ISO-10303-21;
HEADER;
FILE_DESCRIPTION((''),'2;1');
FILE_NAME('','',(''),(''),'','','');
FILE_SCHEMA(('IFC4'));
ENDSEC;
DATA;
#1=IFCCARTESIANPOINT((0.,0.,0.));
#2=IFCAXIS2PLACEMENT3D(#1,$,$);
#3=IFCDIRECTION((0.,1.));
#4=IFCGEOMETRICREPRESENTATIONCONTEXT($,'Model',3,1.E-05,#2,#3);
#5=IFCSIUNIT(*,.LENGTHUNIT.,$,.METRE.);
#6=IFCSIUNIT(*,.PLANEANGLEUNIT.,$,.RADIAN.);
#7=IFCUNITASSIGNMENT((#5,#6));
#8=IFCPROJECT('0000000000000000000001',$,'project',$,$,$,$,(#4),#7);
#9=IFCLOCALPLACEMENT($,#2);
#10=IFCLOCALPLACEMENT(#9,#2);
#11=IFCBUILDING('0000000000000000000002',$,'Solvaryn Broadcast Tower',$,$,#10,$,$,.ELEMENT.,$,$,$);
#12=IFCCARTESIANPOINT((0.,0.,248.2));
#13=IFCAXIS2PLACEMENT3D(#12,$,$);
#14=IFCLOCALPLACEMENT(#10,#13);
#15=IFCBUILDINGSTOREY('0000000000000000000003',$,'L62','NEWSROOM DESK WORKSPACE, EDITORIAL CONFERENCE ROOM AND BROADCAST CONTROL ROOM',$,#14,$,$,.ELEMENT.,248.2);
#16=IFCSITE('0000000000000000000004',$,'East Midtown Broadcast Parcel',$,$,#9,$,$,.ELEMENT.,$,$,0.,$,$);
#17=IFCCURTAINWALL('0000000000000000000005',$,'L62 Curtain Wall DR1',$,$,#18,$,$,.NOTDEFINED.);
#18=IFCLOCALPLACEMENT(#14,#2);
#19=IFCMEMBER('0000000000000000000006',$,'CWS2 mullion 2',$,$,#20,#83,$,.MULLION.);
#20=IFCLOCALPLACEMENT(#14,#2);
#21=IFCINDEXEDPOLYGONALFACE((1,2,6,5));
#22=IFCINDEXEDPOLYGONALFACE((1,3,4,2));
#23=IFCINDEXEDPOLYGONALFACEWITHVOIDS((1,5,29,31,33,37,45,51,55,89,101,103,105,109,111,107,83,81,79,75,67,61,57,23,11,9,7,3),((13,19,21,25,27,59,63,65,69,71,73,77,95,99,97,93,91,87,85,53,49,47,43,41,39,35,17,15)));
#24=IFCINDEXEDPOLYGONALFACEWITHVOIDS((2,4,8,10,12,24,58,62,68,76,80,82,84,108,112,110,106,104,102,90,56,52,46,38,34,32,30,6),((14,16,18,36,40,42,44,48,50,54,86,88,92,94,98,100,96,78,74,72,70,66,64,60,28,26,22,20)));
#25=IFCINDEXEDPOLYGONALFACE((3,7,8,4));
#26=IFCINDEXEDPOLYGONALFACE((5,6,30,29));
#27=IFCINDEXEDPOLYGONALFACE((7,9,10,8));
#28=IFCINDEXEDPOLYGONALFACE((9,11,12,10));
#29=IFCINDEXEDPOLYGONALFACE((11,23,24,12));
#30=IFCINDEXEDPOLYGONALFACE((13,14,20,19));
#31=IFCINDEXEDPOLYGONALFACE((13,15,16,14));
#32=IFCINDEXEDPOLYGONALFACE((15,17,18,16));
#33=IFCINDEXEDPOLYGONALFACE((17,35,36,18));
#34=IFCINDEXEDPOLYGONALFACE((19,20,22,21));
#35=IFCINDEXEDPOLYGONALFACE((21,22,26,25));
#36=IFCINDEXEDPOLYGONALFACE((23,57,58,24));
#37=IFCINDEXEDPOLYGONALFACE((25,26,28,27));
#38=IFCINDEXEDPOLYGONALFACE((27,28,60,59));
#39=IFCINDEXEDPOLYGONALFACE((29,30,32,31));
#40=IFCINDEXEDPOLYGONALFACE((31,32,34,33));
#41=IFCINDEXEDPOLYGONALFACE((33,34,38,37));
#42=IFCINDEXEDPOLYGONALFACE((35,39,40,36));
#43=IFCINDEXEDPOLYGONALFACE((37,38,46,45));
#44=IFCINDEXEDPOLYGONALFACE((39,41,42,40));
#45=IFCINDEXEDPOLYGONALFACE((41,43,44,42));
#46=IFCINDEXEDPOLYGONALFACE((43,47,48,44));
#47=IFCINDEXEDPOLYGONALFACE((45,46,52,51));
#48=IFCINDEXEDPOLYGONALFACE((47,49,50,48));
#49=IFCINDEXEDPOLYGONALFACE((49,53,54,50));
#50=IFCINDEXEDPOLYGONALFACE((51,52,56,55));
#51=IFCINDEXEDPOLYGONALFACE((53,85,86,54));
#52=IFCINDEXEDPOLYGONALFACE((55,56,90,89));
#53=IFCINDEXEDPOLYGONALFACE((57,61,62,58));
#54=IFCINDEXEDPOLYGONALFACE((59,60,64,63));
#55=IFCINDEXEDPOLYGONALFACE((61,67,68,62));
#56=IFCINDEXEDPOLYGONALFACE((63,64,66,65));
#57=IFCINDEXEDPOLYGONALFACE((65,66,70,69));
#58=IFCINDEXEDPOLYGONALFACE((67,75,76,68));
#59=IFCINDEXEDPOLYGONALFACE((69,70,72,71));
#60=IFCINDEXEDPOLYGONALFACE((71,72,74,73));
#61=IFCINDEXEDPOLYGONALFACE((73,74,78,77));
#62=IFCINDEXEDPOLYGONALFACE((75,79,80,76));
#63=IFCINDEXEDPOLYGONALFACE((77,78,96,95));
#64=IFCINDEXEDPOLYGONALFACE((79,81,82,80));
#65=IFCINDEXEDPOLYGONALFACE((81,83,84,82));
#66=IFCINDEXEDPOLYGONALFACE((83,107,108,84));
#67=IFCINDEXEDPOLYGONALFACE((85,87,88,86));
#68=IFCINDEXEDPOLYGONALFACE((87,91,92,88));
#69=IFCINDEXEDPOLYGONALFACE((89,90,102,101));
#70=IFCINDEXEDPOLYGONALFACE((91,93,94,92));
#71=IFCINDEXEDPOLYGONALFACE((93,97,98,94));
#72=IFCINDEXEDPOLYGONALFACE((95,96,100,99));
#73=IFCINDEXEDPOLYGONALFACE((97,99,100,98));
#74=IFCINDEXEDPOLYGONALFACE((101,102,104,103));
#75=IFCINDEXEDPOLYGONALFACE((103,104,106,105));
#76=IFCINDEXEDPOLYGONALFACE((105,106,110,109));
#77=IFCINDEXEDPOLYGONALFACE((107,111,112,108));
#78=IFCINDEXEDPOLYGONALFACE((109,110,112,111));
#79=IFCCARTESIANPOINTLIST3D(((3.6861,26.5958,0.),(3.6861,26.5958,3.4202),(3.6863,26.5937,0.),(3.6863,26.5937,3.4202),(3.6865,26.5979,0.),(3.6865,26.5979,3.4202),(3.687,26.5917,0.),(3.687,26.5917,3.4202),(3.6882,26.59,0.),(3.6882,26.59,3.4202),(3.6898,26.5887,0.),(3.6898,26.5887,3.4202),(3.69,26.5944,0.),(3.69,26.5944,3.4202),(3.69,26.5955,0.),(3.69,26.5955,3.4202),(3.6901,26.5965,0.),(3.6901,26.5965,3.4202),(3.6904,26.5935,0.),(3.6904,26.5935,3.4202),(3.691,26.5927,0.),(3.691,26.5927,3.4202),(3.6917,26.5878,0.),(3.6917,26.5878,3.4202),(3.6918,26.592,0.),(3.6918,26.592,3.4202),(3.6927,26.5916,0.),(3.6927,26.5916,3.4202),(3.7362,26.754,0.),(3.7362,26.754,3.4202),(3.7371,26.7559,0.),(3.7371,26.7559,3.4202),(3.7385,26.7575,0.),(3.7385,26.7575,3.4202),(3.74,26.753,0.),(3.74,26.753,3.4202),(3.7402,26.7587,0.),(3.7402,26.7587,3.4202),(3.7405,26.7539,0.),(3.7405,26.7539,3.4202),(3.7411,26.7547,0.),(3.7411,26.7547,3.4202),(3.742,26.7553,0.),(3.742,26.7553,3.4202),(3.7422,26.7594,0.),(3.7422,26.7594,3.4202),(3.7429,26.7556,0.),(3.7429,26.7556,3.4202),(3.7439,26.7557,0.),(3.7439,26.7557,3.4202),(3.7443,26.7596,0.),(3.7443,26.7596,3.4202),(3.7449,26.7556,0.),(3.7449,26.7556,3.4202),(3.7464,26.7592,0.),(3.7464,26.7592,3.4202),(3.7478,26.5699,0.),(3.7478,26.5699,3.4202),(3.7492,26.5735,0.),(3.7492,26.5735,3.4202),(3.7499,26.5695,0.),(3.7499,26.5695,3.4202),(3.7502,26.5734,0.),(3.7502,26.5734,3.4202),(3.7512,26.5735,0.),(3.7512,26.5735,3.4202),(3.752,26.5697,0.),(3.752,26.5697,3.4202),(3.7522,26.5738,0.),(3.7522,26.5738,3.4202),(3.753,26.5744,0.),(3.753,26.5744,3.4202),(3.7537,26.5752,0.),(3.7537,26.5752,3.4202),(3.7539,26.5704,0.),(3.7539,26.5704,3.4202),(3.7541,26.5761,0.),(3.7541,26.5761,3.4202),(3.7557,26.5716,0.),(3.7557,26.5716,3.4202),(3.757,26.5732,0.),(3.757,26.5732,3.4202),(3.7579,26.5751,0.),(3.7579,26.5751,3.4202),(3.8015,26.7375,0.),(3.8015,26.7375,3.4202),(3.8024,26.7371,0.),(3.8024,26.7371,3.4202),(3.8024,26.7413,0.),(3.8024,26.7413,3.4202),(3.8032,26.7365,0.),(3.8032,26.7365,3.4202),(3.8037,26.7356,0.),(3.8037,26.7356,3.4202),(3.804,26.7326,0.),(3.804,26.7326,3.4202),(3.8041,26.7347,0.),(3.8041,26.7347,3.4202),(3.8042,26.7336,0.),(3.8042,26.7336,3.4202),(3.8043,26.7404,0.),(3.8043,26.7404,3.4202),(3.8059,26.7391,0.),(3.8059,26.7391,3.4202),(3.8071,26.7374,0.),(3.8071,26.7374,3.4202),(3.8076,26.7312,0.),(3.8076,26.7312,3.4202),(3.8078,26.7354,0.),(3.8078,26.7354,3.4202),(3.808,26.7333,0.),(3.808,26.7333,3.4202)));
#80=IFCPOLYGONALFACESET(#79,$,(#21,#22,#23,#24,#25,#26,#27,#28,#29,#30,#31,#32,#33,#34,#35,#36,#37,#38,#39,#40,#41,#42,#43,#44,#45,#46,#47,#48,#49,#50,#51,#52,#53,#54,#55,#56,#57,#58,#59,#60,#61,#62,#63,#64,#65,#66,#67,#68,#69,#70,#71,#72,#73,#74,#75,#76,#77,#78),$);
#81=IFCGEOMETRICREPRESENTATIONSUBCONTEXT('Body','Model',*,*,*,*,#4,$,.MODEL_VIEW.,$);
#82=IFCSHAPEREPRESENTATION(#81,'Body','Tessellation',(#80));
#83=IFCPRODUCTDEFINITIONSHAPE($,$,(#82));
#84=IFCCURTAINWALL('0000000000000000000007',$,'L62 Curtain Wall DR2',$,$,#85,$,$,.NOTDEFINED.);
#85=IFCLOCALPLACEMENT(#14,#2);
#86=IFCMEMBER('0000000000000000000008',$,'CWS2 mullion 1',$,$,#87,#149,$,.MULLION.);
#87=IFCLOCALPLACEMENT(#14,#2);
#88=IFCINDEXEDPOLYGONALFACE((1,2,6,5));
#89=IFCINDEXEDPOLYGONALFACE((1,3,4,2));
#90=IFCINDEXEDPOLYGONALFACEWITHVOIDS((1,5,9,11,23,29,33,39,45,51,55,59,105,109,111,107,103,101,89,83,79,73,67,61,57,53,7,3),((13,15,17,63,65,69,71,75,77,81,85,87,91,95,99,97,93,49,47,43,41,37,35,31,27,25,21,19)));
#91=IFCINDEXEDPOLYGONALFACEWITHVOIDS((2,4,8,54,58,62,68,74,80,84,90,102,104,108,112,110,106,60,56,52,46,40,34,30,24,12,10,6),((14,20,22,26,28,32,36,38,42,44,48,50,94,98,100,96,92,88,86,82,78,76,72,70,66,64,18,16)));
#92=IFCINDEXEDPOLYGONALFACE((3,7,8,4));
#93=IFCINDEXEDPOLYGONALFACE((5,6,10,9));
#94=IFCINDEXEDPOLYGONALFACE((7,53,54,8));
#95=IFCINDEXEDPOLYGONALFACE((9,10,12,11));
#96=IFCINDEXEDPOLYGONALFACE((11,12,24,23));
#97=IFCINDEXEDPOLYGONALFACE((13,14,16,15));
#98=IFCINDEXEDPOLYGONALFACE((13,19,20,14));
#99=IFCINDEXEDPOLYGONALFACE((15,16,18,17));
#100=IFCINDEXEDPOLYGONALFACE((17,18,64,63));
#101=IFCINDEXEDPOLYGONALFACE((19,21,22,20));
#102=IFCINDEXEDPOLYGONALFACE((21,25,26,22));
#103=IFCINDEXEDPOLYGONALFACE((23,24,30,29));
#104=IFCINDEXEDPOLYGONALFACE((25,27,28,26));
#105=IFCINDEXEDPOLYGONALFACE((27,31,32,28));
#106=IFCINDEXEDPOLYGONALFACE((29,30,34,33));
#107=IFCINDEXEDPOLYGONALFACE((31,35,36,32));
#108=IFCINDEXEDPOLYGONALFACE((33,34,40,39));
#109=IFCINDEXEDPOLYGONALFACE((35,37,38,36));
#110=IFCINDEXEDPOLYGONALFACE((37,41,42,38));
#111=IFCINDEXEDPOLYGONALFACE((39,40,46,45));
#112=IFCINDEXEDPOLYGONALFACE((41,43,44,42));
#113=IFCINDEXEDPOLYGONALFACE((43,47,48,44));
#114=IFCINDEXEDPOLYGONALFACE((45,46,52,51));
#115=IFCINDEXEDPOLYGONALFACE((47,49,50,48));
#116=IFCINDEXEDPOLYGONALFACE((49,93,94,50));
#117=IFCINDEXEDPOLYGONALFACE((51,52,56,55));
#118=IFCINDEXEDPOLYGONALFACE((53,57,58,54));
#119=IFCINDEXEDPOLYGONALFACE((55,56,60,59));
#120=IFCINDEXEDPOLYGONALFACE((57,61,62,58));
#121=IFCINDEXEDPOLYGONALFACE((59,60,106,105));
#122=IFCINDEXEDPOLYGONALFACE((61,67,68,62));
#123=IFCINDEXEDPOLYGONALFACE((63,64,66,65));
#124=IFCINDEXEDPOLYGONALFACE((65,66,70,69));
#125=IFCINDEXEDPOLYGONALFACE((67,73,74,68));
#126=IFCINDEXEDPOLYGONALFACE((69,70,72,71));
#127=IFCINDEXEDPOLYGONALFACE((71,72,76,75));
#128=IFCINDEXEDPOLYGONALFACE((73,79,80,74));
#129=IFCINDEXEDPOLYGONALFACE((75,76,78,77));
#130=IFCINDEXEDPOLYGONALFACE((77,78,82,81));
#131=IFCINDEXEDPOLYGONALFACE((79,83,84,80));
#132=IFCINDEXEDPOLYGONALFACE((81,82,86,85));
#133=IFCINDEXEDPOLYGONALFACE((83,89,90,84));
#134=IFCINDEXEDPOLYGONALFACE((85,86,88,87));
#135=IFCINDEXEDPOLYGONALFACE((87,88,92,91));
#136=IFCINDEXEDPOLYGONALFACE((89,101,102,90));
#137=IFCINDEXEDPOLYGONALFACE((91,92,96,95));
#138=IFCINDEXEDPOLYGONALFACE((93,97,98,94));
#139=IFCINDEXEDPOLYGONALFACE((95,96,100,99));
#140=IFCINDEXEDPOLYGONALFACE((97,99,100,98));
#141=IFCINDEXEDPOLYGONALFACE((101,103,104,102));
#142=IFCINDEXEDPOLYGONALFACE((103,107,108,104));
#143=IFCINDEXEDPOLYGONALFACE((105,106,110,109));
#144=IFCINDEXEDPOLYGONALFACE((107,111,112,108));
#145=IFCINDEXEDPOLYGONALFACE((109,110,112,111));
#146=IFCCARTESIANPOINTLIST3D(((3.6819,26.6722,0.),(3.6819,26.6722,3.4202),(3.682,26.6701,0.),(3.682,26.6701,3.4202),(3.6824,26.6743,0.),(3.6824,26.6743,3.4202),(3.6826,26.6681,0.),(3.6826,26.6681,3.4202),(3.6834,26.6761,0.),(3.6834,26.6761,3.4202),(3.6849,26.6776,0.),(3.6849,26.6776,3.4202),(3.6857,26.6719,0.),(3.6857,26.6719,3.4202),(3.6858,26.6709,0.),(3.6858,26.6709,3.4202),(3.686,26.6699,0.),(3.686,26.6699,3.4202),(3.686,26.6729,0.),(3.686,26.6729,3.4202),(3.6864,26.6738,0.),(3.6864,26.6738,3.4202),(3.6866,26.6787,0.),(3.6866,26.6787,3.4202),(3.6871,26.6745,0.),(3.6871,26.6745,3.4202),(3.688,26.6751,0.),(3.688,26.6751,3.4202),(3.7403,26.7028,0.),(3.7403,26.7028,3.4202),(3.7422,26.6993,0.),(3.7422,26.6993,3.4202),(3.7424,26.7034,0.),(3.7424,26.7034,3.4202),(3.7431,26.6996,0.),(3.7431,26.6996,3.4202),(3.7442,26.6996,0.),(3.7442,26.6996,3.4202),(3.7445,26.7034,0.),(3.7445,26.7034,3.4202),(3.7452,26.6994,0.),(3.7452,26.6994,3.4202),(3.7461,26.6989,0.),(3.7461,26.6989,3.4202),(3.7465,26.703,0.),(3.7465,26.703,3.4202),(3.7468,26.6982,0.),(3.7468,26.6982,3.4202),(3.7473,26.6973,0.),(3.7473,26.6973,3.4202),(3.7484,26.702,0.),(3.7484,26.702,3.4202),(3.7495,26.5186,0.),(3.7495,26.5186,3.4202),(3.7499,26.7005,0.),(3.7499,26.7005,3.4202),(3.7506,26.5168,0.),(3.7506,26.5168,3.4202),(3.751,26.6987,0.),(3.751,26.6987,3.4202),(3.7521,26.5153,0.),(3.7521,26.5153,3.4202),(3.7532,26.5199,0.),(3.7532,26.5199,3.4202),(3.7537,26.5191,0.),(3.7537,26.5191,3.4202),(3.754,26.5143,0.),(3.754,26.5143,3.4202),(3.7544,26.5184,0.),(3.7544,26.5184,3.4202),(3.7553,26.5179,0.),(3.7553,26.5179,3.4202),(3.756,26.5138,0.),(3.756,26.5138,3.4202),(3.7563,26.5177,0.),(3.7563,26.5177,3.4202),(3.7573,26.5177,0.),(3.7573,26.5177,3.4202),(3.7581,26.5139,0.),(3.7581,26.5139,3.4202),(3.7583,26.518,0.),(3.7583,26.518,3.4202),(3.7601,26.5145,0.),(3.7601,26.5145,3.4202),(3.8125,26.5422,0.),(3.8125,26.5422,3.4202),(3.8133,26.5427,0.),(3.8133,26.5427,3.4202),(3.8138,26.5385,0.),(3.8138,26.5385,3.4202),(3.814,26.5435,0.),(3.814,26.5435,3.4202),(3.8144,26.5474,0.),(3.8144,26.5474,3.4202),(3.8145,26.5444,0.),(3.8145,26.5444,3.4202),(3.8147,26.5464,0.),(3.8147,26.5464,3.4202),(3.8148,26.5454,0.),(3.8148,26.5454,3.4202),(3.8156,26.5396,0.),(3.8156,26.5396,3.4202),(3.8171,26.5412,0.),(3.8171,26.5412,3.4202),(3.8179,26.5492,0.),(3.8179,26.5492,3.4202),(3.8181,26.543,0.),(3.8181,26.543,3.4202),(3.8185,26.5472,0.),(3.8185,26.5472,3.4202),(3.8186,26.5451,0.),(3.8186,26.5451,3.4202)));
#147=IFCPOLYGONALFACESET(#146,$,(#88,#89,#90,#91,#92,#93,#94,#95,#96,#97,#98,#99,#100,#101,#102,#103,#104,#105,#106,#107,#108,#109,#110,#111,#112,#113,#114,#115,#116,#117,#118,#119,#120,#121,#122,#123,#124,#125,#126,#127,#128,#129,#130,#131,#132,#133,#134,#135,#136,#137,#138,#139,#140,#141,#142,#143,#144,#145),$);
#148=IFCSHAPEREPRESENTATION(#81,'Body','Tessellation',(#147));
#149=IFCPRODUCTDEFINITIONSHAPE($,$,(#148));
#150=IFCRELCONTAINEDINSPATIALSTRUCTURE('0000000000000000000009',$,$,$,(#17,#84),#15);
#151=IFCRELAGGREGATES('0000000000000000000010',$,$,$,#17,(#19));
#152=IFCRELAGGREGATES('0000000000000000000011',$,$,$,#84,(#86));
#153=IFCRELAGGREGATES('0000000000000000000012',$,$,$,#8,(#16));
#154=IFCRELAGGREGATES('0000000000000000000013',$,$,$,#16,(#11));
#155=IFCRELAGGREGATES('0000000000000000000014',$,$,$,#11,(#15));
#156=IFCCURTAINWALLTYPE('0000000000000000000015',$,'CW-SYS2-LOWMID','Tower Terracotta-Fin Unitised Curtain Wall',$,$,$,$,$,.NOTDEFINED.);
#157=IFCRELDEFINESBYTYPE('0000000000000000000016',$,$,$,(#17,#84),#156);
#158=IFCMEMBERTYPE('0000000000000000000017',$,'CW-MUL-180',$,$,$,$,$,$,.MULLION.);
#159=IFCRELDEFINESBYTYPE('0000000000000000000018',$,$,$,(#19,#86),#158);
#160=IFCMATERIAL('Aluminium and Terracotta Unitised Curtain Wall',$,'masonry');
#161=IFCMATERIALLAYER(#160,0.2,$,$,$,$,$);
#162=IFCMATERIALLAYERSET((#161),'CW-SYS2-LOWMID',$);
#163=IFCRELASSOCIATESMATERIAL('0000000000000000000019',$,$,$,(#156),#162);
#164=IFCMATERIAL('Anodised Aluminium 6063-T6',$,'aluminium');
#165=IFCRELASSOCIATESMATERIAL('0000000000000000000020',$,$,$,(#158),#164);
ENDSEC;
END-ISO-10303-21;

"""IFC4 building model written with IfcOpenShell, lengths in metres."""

from ifc_helpers import new_model, si_unit, direction, frame, origin, origin_2d, place, context, subcontext, project, spatial, hollow_rectangle, extrude, material, layer, layer_set, material_profile, profile_set, type_object, element, aggregate, save


model = new_model("IFC4")

# Units and contexts
model_context = context("Model", 3, precision=1e-05, world=origin(), true_north=direction((0.0, 1.0)))
body_context = subcontext(model_context, "Body", "Model", "MODEL_VIEW")
ifc_project = project(units=[si_unit("LENGTHUNIT", "METRE"), si_unit("PLANEANGLEUNIT", "RADIAN")], contexts=[model_context])

# Site, building, storey
site_placement = place(None, origin())
site = spatial("IfcSite", under=ifc_project, at=site_placement, Name="East Midtown Broadcast Parcel", CompositionType="ELEMENT", RefElevation=0.0)
building_placement = place(site_placement, origin())
building = spatial("IfcBuilding", under=site, at=building_placement, Name="Solvaryn Broadcast Tower", CompositionType="ELEMENT")
storey_placement = place(building_placement, frame((0.0, 0.0, 248.2)))
storey = spatial("IfcBuildingStorey", under=building, at=storey_placement, Name="L62", Description="NEWSROOM DESK WORKSPACE, EDITORIAL CONFERENCE ROOM AND BROADCAST CONTROL ROOM", CompositionType="ELEMENT", Elevation=248.2)

# Curtain wall, member
ifc_material_1 = material(Name="Aluminium and Terracotta Unitised Curtain Wall", Category="masonry")
ifc_layer_1 = layer(ifc_material_1, 0.2)
ifc_layer_set_1 = layer_set([ifc_layer_1], Name="CW-SYS2-LOWMID")
curtain_wall_type = type_object("IfcCurtainWallType", Name="CW-SYS2-LOWMID", Description="Tower Terracotta-Fin Unitised Curtain Wall", PredefinedType="NOTDEFINED", material=ifc_layer_set_1)
curtain_wall_1_placement = place(storey_placement, origin())
curtain_wall_1 = element("IfcCurtainWall", 1, at=curtain_wall_1_placement, inside=storey, type_object=curtain_wall_type, Name="L62 Curtain Wall DR1", PredefinedType="NOTDEFINED")
ifc_material_2 = material(Name="Anodised Aluminium 6063-T6", Category="aluminium")
ifc_material_profile_1 = material_profile(ifc_material_2, hollow_rectangle(XDim=0.075, YDim=0.1799, WallThickness=0.0039, InnerFilletRadius=0.0039, OuterFilletRadius=0.0081, at=origin_2d()))
ifc_profile_set_1 = profile_set([ifc_material_profile_1], Name="Anodised Aluminium 6063-T6")
member_type_1 = type_object("IfcMemberType", Name="CW-MUL-180", PredefinedType="MULLION", material=ifc_profile_set_1)
member_1_placement = place(storey_placement, frame((3.7471, 26.6646, 0.0), z_axis=(0.0, 0.0, 1.0), x_axis=(0.952795, -0.303616, 0.0)))
member_1 = element("IfcMember", 2, at=member_1_placement, type_object=member_type_1, Name="CWS2 mullion 2", PredefinedType="MULLION", context=body_context, shape_type="SweptSolid", body=[
    extrude(hollow_rectangle(XDim=0.075, YDim=0.1799, WallThickness=0.0039, InnerFilletRadius=0.0039, OuterFilletRadius=0.0081, at=origin_2d()), origin(), (0.0, 0.0, 1.0), 3.4202),
])
aggregate(curtain_wall_1, [member_1])

# Curtain wall, member
curtain_wall_2_placement = place(storey_placement, origin())
curtain_wall_2 = element("IfcCurtainWall", 3, at=curtain_wall_2_placement, inside=storey, type_object=curtain_wall_type, Name="L62 Curtain Wall DR2", PredefinedType="NOTDEFINED")
member_2_placement = place(storey_placement, frame((3.7502, 26.6086, 0.0), z_axis=(0.0, 0.0, 1.0), x_axis=(0.912774, 0.408466, 0.0)))
member_2 = element("IfcMember", 4, at=member_2_placement, type_object=member_type_1, Name="CWS2 mullion 1", PredefinedType="MULLION", context=body_context, shape_type="SweptSolid", body=[
    extrude(hollow_rectangle(XDim=0.075, YDim=0.1799, WallThickness=0.0039, InnerFilletRadius=0.0039, OuterFilletRadius=0.0081, at=origin_2d()), origin(), (0.0, 0.0, 1.0), 3.4202),
])
aggregate(curtain_wall_2, [member_2])

save(model, "model.ifc")
